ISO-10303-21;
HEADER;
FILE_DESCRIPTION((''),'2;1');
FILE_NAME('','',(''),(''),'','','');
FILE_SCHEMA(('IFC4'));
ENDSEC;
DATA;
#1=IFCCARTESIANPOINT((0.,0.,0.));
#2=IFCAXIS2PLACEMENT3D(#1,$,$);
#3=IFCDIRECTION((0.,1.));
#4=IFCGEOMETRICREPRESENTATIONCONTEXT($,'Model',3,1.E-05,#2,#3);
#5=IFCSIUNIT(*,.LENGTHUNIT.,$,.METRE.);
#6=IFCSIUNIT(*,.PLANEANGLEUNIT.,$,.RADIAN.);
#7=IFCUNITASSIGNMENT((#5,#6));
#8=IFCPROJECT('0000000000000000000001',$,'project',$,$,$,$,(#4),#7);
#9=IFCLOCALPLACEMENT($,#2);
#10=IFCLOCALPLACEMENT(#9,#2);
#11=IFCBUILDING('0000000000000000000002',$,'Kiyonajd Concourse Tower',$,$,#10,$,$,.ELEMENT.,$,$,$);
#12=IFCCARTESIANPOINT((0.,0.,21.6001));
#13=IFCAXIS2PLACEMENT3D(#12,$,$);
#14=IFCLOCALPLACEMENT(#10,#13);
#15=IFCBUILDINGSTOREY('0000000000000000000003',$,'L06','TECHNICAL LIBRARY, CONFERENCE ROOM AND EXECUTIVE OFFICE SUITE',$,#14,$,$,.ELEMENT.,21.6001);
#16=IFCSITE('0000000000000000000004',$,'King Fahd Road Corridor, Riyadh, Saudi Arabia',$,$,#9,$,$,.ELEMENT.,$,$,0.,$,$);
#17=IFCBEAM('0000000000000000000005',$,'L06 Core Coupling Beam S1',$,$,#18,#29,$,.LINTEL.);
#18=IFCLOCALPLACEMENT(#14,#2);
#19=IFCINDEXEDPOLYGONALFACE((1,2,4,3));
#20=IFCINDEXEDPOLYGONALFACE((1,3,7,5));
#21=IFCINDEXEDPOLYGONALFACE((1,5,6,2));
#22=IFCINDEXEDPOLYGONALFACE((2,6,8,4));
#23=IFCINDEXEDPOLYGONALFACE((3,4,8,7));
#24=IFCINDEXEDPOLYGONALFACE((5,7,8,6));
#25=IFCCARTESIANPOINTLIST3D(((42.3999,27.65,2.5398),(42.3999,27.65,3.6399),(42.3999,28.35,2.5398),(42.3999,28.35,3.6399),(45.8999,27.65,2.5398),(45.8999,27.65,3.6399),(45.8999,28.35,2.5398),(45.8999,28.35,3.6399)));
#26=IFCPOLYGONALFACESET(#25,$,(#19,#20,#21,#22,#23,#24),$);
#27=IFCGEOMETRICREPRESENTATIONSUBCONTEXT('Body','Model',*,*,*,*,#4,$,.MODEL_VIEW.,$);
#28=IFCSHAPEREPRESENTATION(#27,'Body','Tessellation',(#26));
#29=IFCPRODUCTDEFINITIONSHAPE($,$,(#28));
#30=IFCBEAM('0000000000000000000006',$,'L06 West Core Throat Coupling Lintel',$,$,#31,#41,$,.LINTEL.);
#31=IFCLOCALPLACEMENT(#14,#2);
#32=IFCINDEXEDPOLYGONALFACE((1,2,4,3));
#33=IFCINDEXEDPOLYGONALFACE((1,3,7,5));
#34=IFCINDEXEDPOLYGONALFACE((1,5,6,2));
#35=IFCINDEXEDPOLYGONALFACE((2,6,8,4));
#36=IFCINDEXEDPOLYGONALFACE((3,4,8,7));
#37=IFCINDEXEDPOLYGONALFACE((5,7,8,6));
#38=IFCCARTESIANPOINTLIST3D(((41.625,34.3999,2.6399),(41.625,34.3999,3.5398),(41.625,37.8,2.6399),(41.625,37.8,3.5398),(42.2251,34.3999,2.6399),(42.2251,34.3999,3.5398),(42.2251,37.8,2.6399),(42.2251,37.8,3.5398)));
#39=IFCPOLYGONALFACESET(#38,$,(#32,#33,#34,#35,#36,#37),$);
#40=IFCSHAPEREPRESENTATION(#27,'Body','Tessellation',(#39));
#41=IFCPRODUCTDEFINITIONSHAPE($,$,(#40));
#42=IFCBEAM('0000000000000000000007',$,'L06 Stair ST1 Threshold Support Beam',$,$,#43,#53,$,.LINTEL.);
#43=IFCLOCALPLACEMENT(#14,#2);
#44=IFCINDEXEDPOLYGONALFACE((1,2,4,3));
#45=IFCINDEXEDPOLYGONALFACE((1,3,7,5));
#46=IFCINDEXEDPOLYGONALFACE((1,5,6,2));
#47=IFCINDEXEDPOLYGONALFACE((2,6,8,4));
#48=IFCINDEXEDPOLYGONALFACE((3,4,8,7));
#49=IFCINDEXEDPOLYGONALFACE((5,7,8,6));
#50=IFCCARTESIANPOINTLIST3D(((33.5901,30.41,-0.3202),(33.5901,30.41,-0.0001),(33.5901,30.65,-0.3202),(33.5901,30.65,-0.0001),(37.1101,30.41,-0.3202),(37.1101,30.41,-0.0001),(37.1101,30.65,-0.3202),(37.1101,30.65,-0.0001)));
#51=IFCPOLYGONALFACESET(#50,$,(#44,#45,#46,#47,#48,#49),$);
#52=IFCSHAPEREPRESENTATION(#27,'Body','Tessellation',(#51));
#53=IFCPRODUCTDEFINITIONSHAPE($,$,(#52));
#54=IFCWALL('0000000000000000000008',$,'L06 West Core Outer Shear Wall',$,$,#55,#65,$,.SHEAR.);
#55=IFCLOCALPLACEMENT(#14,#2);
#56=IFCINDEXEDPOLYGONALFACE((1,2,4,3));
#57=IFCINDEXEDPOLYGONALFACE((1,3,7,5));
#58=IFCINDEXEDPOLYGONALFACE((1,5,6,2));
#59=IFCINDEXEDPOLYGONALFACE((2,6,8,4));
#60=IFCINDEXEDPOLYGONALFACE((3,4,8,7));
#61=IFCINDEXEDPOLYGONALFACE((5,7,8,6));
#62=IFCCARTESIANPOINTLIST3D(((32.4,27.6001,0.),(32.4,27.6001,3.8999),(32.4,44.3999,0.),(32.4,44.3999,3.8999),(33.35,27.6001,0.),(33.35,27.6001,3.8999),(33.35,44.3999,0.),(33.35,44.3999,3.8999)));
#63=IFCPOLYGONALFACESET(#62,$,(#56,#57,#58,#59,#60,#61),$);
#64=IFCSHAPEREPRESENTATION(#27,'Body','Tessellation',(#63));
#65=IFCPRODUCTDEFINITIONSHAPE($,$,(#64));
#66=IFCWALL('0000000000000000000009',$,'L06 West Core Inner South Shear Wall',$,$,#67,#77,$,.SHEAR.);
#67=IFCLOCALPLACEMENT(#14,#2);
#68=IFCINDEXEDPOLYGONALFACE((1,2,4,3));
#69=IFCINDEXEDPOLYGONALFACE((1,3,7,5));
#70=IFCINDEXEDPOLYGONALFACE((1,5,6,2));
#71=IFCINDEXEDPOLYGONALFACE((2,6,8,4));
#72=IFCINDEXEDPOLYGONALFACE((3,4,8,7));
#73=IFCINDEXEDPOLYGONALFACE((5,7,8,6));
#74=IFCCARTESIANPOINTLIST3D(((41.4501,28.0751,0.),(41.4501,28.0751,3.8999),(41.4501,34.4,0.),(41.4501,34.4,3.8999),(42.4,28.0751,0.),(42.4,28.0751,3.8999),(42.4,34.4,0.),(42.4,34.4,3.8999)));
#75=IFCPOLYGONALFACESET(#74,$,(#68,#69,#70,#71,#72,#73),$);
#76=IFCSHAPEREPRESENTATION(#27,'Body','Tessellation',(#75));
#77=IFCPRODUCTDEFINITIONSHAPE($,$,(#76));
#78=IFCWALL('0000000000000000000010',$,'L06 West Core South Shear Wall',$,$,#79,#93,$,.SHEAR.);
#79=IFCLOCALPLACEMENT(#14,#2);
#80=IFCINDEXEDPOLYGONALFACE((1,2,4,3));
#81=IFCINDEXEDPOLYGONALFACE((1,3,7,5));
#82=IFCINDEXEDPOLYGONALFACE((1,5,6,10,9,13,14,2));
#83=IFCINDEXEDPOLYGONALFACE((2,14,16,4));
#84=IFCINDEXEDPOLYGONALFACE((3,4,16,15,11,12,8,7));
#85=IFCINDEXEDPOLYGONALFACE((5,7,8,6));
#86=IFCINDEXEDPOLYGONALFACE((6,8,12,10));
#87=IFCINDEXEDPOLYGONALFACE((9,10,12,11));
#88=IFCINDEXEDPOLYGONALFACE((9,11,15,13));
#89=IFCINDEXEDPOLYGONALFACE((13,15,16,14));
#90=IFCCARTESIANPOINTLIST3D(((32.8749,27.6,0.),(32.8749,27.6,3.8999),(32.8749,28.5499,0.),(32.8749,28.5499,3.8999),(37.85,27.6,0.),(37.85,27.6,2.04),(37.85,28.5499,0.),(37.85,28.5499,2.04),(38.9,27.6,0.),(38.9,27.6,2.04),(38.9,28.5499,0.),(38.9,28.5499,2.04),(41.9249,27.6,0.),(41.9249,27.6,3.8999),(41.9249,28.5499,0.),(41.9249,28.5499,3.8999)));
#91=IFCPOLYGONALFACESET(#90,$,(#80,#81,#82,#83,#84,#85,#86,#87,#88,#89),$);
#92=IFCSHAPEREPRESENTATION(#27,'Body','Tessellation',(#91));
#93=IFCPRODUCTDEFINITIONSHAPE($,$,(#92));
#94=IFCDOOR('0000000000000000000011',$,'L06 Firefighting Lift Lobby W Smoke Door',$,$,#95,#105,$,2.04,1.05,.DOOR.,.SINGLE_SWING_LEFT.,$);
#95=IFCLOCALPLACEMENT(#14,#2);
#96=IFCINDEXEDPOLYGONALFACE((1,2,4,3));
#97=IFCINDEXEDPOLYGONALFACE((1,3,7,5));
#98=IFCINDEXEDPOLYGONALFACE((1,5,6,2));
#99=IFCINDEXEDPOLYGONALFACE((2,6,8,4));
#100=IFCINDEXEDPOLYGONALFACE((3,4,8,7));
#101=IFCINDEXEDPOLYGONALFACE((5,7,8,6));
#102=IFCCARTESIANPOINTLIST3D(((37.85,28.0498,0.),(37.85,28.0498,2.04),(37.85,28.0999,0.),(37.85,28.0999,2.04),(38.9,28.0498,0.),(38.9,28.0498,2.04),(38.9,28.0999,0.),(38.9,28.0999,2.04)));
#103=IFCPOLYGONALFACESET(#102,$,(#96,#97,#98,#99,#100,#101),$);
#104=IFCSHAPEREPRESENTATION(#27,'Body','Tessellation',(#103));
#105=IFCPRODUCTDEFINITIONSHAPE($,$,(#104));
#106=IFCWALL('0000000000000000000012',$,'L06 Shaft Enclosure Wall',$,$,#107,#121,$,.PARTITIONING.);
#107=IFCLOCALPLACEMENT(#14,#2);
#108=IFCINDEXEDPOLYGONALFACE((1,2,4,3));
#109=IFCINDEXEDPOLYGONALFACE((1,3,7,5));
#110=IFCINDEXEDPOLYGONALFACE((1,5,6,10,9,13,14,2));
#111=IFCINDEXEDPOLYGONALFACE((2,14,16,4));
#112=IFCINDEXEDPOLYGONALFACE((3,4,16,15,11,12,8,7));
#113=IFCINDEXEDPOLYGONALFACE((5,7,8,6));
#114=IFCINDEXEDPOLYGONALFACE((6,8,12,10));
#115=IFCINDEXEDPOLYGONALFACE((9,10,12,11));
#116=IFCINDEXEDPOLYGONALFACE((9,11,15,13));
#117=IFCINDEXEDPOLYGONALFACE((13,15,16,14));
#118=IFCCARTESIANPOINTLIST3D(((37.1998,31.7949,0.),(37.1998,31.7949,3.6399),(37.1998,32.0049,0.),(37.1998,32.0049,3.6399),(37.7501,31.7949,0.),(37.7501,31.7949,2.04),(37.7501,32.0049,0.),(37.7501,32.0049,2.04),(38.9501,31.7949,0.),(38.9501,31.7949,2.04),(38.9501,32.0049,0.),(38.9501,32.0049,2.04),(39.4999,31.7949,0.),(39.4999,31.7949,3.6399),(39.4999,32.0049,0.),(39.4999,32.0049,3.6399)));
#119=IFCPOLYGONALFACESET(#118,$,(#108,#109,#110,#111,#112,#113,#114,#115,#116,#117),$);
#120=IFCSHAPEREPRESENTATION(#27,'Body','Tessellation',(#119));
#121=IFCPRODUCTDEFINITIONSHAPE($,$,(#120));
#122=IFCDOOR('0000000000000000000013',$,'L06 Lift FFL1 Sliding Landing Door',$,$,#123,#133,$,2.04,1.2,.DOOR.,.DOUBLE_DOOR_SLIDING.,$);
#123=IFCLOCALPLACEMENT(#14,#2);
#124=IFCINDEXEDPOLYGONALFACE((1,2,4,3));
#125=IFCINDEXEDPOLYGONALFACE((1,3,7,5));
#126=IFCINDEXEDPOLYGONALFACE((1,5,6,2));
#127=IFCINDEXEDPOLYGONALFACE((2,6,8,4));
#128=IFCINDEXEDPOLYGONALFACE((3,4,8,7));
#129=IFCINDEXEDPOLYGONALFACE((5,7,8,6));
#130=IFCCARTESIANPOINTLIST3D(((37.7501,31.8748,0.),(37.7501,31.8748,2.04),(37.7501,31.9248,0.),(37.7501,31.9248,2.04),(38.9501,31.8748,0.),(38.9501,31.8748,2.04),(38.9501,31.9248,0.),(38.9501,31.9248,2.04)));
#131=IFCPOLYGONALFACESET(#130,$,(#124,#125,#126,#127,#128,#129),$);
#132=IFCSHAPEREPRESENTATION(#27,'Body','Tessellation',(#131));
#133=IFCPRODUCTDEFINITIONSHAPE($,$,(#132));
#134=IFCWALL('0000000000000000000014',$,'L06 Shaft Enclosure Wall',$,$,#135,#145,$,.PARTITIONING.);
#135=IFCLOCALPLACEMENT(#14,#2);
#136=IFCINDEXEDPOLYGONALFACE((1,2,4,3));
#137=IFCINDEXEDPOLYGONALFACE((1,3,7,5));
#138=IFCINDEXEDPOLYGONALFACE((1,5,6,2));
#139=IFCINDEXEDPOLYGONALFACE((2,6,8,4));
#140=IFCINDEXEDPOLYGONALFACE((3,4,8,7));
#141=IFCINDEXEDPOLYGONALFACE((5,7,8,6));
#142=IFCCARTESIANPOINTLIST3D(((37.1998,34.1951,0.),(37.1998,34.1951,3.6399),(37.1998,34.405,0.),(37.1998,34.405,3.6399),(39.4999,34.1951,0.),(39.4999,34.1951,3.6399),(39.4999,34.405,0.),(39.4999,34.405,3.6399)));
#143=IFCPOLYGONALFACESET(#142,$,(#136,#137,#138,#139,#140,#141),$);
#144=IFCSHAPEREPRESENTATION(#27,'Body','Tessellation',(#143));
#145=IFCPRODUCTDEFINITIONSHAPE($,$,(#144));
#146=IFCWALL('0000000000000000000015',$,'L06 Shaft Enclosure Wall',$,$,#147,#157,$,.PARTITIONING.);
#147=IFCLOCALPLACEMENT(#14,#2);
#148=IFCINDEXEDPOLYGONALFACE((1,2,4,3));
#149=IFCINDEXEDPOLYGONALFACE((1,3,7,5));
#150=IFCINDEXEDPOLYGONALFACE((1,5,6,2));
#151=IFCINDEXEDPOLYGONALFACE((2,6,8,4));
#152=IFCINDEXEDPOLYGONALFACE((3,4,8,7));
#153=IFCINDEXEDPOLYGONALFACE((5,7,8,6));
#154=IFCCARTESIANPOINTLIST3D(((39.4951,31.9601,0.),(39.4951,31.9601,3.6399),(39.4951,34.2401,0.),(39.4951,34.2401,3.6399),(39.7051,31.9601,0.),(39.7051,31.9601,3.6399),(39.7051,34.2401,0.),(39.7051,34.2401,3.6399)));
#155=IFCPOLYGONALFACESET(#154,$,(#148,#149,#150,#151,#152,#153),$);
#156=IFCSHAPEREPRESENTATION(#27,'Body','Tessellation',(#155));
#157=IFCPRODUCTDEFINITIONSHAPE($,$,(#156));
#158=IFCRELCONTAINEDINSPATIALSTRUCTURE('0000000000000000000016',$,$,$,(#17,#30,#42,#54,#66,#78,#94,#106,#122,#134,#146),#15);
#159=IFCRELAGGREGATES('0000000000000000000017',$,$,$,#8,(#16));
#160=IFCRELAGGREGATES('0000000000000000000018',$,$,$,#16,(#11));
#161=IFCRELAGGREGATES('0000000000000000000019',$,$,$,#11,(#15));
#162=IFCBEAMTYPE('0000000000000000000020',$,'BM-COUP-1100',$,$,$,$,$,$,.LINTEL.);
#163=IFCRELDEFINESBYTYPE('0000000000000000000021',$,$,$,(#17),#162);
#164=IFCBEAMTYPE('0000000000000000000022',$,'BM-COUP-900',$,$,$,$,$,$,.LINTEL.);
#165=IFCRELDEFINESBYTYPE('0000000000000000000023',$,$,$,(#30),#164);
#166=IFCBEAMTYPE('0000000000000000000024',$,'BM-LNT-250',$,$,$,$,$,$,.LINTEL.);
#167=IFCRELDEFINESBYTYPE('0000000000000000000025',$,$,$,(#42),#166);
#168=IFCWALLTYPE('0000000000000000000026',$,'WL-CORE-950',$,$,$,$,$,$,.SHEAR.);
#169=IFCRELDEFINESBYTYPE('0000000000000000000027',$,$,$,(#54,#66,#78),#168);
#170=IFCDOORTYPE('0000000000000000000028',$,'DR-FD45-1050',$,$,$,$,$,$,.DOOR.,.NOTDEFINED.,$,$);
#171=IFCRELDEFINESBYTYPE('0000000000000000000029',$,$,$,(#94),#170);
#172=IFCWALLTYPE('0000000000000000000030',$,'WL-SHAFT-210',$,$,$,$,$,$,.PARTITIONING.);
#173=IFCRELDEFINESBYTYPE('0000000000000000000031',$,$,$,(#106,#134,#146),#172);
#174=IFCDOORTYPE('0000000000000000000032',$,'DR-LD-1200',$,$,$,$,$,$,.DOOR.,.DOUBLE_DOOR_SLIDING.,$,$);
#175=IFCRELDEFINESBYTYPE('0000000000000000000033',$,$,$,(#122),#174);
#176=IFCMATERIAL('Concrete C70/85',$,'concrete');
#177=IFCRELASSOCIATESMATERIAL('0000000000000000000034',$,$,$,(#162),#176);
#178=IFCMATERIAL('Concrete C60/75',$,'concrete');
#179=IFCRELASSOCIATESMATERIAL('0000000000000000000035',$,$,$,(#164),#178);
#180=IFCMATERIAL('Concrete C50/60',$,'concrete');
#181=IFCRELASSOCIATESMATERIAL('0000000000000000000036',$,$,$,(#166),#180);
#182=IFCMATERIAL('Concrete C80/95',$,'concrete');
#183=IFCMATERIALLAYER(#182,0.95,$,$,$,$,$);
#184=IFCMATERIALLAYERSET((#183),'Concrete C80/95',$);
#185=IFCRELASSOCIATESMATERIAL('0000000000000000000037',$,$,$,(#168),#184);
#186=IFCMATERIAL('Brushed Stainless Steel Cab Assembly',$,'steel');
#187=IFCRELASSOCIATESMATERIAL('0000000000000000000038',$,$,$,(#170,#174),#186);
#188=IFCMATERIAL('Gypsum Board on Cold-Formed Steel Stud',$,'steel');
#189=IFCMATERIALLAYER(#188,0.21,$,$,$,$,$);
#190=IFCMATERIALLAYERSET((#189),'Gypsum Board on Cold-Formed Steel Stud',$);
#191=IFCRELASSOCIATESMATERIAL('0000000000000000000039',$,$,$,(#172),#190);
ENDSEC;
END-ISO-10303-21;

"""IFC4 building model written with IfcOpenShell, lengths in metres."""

from ifc_helpers import new_model, si_unit, direction, frame, frame_2d, origin, origin_2d, place, context, subcontext, project, spatial, rectangle, extrude, material, layer, layer_set, material_profile, profile_set, type_object, element, fill, save


model = new_model("IFC4")

# Units and contexts
model_context = context("Model", 3, precision=1e-05, world=origin(), true_north=direction((0.0, 1.0)))
body_context = subcontext(model_context, "Body", "Model", "MODEL_VIEW")
ifc_project = project(units=[si_unit("LENGTHUNIT", "METRE"), si_unit("PLANEANGLEUNIT", "RADIAN")], contexts=[model_context])

# Site, building, storey
site_placement = place(None, origin())
site = spatial("IfcSite", under=ifc_project, at=site_placement, Name="King Fahd Road Corridor, Riyadh, Saudi Arabia", CompositionType="ELEMENT", RefElevation=0.0)
building_placement = place(site_placement, origin())
building = spatial("IfcBuilding", under=site, at=building_placement, Name="Kiyonajd Concourse Tower", CompositionType="ELEMENT")
storey_placement = place(building_placement, frame((0.0, 0.0, 21.6001)))
storey = spatial("IfcBuildingStorey", under=building, at=storey_placement, Name="L06", Description="TECHNICAL LIBRARY, CONFERENCE ROOM AND EXECUTIVE OFFICE SUITE", CompositionType="ELEMENT", Elevation=21.6001)

# Beams
ifc_material_1 = material(Name="Concrete C70/85", Category="concrete")
ifc_material_profile_1 = material_profile(ifc_material_1, rectangle(XDim=0.7, YDim=1.1001, at=origin_2d()), Name="RCBM-700x1100")
ifc_profile_set_1 = profile_set([ifc_material_profile_1], Name="Concrete C70/85")
beam_type_1 = type_object("IfcBeamType", Name="BM-COUP-1100", PredefinedType="LINTEL", material=ifc_profile_set_1)
beam_1_placement = place(storey_placement, frame((42.3999, 28.0, 3.0898), z_axis=(1.0, 0.0, 0.0), x_axis=(0.0, 1.0, 0.0)))
element("IfcBeam", 1, at=beam_1_placement, inside=storey, type_object=beam_type_1, Name="L06 Core Coupling Beam S1", PredefinedType="LINTEL", context=body_context, shape_type="SweptSolid", body=[
    extrude(rectangle(XDim=0.7, YDim=1.1001, at=origin_2d()), origin(), (0.0, 0.0, 1.0), 3.5),
])
ifc_material_2 = material(Name="Concrete C60/75", Category="concrete")
ifc_material_profile_2 = material_profile(ifc_material_2, rectangle(XDim=0.6001, YDim=0.8999, at=origin_2d()), Name="RCBM-600x900")
ifc_profile_set_2 = profile_set([ifc_material_profile_2], Name="Concrete C60/75")
beam_type_2 = type_object("IfcBeamType", Name="BM-COUP-900", PredefinedType="LINTEL", material=ifc_profile_set_2)
beam_2_placement = place(storey_placement, frame((41.925, 34.3999, 3.0898), z_axis=(0.0, 1.0, 0.0), x_axis=(-1.0, 0.0, 0.0)))
element("IfcBeam", 2, at=beam_2_placement, inside=storey, type_object=beam_type_2, Name="L06 West Core Throat Coupling Lintel", PredefinedType="LINTEL", context=body_context, shape_type="SweptSolid", body=[
    extrude(rectangle(XDim=0.6001, YDim=0.8999, at=origin_2d()), origin(), (0.0, 0.0, 1.0), 3.4001),
])
ifc_material_3 = material(Name="Concrete C50/60", Category="concrete")
ifc_material_profile_3 = material_profile(ifc_material_3, rectangle(XDim=0.24, YDim=0.3201, at=origin_2d()), Name="RCBM-240x320")
ifc_profile_set_3 = profile_set([ifc_material_profile_3], Name="Concrete C50/60")
beam_type_3 = type_object("IfcBeamType", Name="BM-LNT-250", PredefinedType="LINTEL", material=ifc_profile_set_3)
beam_3_placement = place(storey_placement, frame((33.5901, 30.53, -0.1602), z_axis=(1.0, 0.0, 0.0), x_axis=(0.0, 1.0, 0.0)))
element("IfcBeam", 3, at=beam_3_placement, inside=storey, type_object=beam_type_3, Name="L06 Stair ST1 Threshold Support Beam", PredefinedType="LINTEL", context=body_context, shape_type="SweptSolid", body=[
    extrude(rectangle(XDim=0.24, YDim=0.3201, at=origin_2d()), origin(), (0.0, 0.0, 1.0), 3.52),
])

# Walls
ifc_material_4 = material(Name="Concrete C80/95", Category="concrete")
ifc_layer_1 = layer(ifc_material_4, 0.95)
ifc_layer_set_1 = layer_set([ifc_layer_1], Name="Concrete C80/95")
wall_type_1 = type_object("IfcWallType", Name="WL-CORE-950", PredefinedType="SHEAR", material=ifc_layer_set_1)
wall_1_placement = place(storey_placement, frame((32.875, 27.6001, 0.0), z_axis=(0.0, 0.0, 1.0), x_axis=(0.0, 1.0, 0.0)))
element("IfcWall", 4, at=wall_1_placement, inside=storey, type_object=wall_type_1, Name="L06 West Core Outer Shear Wall", PredefinedType="SHEAR", context=body_context, shape_type="SweptSolid", body=[
    extrude(rectangle(XDim=16.7998, YDim=0.95, at=frame_2d((8.3999, 0.0))), origin(), (0.0, 0.0, 1.0), 3.8999),
])
wall_2_placement = place(storey_placement, frame((41.925, 28.075, 0.0), z_axis=(0.0, 0.0, 1.0), x_axis=(0.0, 1.0, 0.0)))
element("IfcWall", 5, at=wall_2_placement, inside=storey, type_object=wall_type_1, Name="L06 West Core Inner South Shear Wall", PredefinedType="SHEAR", context=body_context, shape_type="SweptSolid", body=[
    extrude(rectangle(XDim=6.325, YDim=0.95, at=frame_2d((3.1626, 0.0))), origin(), (0.0, 0.0, 1.0), 3.8999),
])

# Walls, openings, doors
wall_3_placement = place(storey_placement, frame((32.875, 28.075, 0.0), z_axis=(0.0, 0.0, 1.0), x_axis=(1.0, 0.0, 0.0)))
wall_3 = element("IfcWall", 6, at=wall_3_placement, inside=storey, type_object=wall_type_1, Name="L06 West Core South Shear Wall", PredefinedType="SHEAR", context=body_context, shape_type="SweptSolid", body=[
    extrude(rectangle(XDim=9.05, YDim=0.95, at=frame_2d((4.5249, 0.0))), origin(), (0.0, 0.0, 1.0), 3.8999),
])
opening_1_placement = place(wall_3_placement, frame((4.9751, 0.0, 0.0)))
opening_1 = element("IfcOpeningElement", 7, at=opening_1_placement, cuts=wall_3, PredefinedType="OPENING", context=body_context, shape_type="SweptSolid", body=[
    extrude(rectangle(XDim=1.05, YDim=2.04, at=frame_2d((0.5249, 1.02))), frame((0.0, 0.4849, 0.0), z_axis=(0.0, -1.0, 0.0), x_axis=(1.0, 0.0, 0.0)), (0.0, 0.0, 1.0), 0.97),
])
ifc_material_5 = material(Name="Brushed Stainless Steel Cab Assembly", Category="steel")
door_type_1 = type_object("IfcDoorType", Name="DR-FD45-1050", OperationType="NOTDEFINED", PredefinedType="DOOR", material=ifc_material_5)
door_1_placement = place(opening_1_placement, origin())
door_1 = element("IfcDoor", 8, at=door_1_placement, inside=storey, type_object=door_type_1, Name="L06 Firefighting Lift Lobby W Smoke Door", OperationType="SINGLE_SWING_LEFT", OverallHeight=2.04, OverallWidth=1.05, PredefinedType="DOOR", context=body_context, shape_type="SweptSolid", body=[
    extrude(rectangle(XDim=1.05, YDim=2.04, at=frame_2d((0.5249, 1.02))), frame((0.0, 0.0249, 0.0), z_axis=(0.0, -1.0, 0.0), x_axis=(1.0, 0.0, 0.0)), (0.0, 0.0, 1.0), 0.05),
])
fill(opening_1, door_1)
ifc_material_6 = material(Name="Gypsum Board on Cold-Formed Steel Stud", Category="steel")
ifc_layer_2 = layer(ifc_material_6, 0.21)
ifc_layer_set_2 = layer_set([ifc_layer_2], Name="Gypsum Board on Cold-Formed Steel Stud")
wall_type_2 = type_object("IfcWallType", Name="WL-SHAFT-210", PredefinedType="PARTITIONING", material=ifc_layer_set_2)
wall_4_placement = place(storey_placement, frame((37.2, 31.8999, 0.0), z_axis=(0.0, 0.0, 1.0), x_axis=(1.0, 0.0, 0.0)))
wall_4 = element("IfcWall", 9, at=wall_4_placement, inside=storey, type_object=wall_type_2, Name="L06 Shaft Enclosure Wall", PredefinedType="PARTITIONING", context=body_context, shape_type="SweptSolid", body=[
    extrude(rectangle(XDim=2.3, YDim=0.21, at=frame_2d((1.1499, 0.0))), origin(), (0.0, 0.0, 1.0), 3.6399),
])
opening_2_placement = place(wall_4_placement, frame((0.55, 0.0, 0.0)))
opening_2 = element("IfcOpeningElement", 10, at=opening_2_placement, cuts=wall_4, PredefinedType="OPENING", context=body_context, shape_type="SweptSolid", body=[
    extrude(rectangle(XDim=1.2, YDim=2.04, at=frame_2d((0.6001, 1.02))), frame((0.0, 0.115, 0.0), z_axis=(0.0, -1.0, 0.0), x_axis=(1.0, 0.0, 0.0)), (0.0, 0.0, 1.0), 0.23),
])
door_type_2 = type_object("IfcDoorType", Name="DR-LD-1200", OperationType="DOUBLE_DOOR_SLIDING", PredefinedType="DOOR", material=ifc_material_5)
door_2_placement = place(opening_2_placement, origin())
door_2 = element("IfcDoor", 11, at=door_2_placement, inside=storey, type_object=door_type_2, Name="L06 Lift FFL1 Sliding Landing Door", OperationType="DOUBLE_DOOR_SLIDING", OverallHeight=2.04, OverallWidth=1.2, PredefinedType="DOOR", context=body_context, shape_type="SweptSolid", body=[
    extrude(rectangle(XDim=1.2, YDim=2.04, at=frame_2d((0.6001, 1.02))), frame((0.0, 0.0249, 0.0), z_axis=(0.0, -1.0, 0.0), x_axis=(1.0, 0.0, 0.0)), (0.0, 0.0, 1.0), 0.05),
])
fill(opening_2, door_2)

# Walls
wall_5_placement = place(storey_placement, frame((37.2, 34.3, 0.0), z_axis=(0.0, 0.0, 1.0), x_axis=(1.0, 0.0, 0.0)))
element("IfcWall", 12, at=wall_5_placement, inside=storey, type_object=wall_type_2, Name="L06 Shaft Enclosure Wall", PredefinedType="PARTITIONING", context=body_context, shape_type="SweptSolid", body=[
    extrude(rectangle(XDim=2.3, YDim=0.21, at=frame_2d((1.1499, 0.0))), origin(), (0.0, 0.0, 1.0), 3.6399),
])
wall_6_placement = place(storey_placement, frame((39.6001, 31.96, 0.0), z_axis=(0.0, 0.0, 1.0), x_axis=(0.0, 1.0, 0.0)))
element("IfcWall", 13, at=wall_6_placement, inside=storey, type_object=wall_type_2, Name="L06 Shaft Enclosure Wall", PredefinedType="PARTITIONING", context=body_context, shape_type="SweptSolid", body=[
    extrude(rectangle(XDim=2.28, YDim=0.21, at=frame_2d((1.1401, 0.0))), origin(), (0.0, 0.0, 1.0), 3.6399),
])

save(model, "model.ifc")
